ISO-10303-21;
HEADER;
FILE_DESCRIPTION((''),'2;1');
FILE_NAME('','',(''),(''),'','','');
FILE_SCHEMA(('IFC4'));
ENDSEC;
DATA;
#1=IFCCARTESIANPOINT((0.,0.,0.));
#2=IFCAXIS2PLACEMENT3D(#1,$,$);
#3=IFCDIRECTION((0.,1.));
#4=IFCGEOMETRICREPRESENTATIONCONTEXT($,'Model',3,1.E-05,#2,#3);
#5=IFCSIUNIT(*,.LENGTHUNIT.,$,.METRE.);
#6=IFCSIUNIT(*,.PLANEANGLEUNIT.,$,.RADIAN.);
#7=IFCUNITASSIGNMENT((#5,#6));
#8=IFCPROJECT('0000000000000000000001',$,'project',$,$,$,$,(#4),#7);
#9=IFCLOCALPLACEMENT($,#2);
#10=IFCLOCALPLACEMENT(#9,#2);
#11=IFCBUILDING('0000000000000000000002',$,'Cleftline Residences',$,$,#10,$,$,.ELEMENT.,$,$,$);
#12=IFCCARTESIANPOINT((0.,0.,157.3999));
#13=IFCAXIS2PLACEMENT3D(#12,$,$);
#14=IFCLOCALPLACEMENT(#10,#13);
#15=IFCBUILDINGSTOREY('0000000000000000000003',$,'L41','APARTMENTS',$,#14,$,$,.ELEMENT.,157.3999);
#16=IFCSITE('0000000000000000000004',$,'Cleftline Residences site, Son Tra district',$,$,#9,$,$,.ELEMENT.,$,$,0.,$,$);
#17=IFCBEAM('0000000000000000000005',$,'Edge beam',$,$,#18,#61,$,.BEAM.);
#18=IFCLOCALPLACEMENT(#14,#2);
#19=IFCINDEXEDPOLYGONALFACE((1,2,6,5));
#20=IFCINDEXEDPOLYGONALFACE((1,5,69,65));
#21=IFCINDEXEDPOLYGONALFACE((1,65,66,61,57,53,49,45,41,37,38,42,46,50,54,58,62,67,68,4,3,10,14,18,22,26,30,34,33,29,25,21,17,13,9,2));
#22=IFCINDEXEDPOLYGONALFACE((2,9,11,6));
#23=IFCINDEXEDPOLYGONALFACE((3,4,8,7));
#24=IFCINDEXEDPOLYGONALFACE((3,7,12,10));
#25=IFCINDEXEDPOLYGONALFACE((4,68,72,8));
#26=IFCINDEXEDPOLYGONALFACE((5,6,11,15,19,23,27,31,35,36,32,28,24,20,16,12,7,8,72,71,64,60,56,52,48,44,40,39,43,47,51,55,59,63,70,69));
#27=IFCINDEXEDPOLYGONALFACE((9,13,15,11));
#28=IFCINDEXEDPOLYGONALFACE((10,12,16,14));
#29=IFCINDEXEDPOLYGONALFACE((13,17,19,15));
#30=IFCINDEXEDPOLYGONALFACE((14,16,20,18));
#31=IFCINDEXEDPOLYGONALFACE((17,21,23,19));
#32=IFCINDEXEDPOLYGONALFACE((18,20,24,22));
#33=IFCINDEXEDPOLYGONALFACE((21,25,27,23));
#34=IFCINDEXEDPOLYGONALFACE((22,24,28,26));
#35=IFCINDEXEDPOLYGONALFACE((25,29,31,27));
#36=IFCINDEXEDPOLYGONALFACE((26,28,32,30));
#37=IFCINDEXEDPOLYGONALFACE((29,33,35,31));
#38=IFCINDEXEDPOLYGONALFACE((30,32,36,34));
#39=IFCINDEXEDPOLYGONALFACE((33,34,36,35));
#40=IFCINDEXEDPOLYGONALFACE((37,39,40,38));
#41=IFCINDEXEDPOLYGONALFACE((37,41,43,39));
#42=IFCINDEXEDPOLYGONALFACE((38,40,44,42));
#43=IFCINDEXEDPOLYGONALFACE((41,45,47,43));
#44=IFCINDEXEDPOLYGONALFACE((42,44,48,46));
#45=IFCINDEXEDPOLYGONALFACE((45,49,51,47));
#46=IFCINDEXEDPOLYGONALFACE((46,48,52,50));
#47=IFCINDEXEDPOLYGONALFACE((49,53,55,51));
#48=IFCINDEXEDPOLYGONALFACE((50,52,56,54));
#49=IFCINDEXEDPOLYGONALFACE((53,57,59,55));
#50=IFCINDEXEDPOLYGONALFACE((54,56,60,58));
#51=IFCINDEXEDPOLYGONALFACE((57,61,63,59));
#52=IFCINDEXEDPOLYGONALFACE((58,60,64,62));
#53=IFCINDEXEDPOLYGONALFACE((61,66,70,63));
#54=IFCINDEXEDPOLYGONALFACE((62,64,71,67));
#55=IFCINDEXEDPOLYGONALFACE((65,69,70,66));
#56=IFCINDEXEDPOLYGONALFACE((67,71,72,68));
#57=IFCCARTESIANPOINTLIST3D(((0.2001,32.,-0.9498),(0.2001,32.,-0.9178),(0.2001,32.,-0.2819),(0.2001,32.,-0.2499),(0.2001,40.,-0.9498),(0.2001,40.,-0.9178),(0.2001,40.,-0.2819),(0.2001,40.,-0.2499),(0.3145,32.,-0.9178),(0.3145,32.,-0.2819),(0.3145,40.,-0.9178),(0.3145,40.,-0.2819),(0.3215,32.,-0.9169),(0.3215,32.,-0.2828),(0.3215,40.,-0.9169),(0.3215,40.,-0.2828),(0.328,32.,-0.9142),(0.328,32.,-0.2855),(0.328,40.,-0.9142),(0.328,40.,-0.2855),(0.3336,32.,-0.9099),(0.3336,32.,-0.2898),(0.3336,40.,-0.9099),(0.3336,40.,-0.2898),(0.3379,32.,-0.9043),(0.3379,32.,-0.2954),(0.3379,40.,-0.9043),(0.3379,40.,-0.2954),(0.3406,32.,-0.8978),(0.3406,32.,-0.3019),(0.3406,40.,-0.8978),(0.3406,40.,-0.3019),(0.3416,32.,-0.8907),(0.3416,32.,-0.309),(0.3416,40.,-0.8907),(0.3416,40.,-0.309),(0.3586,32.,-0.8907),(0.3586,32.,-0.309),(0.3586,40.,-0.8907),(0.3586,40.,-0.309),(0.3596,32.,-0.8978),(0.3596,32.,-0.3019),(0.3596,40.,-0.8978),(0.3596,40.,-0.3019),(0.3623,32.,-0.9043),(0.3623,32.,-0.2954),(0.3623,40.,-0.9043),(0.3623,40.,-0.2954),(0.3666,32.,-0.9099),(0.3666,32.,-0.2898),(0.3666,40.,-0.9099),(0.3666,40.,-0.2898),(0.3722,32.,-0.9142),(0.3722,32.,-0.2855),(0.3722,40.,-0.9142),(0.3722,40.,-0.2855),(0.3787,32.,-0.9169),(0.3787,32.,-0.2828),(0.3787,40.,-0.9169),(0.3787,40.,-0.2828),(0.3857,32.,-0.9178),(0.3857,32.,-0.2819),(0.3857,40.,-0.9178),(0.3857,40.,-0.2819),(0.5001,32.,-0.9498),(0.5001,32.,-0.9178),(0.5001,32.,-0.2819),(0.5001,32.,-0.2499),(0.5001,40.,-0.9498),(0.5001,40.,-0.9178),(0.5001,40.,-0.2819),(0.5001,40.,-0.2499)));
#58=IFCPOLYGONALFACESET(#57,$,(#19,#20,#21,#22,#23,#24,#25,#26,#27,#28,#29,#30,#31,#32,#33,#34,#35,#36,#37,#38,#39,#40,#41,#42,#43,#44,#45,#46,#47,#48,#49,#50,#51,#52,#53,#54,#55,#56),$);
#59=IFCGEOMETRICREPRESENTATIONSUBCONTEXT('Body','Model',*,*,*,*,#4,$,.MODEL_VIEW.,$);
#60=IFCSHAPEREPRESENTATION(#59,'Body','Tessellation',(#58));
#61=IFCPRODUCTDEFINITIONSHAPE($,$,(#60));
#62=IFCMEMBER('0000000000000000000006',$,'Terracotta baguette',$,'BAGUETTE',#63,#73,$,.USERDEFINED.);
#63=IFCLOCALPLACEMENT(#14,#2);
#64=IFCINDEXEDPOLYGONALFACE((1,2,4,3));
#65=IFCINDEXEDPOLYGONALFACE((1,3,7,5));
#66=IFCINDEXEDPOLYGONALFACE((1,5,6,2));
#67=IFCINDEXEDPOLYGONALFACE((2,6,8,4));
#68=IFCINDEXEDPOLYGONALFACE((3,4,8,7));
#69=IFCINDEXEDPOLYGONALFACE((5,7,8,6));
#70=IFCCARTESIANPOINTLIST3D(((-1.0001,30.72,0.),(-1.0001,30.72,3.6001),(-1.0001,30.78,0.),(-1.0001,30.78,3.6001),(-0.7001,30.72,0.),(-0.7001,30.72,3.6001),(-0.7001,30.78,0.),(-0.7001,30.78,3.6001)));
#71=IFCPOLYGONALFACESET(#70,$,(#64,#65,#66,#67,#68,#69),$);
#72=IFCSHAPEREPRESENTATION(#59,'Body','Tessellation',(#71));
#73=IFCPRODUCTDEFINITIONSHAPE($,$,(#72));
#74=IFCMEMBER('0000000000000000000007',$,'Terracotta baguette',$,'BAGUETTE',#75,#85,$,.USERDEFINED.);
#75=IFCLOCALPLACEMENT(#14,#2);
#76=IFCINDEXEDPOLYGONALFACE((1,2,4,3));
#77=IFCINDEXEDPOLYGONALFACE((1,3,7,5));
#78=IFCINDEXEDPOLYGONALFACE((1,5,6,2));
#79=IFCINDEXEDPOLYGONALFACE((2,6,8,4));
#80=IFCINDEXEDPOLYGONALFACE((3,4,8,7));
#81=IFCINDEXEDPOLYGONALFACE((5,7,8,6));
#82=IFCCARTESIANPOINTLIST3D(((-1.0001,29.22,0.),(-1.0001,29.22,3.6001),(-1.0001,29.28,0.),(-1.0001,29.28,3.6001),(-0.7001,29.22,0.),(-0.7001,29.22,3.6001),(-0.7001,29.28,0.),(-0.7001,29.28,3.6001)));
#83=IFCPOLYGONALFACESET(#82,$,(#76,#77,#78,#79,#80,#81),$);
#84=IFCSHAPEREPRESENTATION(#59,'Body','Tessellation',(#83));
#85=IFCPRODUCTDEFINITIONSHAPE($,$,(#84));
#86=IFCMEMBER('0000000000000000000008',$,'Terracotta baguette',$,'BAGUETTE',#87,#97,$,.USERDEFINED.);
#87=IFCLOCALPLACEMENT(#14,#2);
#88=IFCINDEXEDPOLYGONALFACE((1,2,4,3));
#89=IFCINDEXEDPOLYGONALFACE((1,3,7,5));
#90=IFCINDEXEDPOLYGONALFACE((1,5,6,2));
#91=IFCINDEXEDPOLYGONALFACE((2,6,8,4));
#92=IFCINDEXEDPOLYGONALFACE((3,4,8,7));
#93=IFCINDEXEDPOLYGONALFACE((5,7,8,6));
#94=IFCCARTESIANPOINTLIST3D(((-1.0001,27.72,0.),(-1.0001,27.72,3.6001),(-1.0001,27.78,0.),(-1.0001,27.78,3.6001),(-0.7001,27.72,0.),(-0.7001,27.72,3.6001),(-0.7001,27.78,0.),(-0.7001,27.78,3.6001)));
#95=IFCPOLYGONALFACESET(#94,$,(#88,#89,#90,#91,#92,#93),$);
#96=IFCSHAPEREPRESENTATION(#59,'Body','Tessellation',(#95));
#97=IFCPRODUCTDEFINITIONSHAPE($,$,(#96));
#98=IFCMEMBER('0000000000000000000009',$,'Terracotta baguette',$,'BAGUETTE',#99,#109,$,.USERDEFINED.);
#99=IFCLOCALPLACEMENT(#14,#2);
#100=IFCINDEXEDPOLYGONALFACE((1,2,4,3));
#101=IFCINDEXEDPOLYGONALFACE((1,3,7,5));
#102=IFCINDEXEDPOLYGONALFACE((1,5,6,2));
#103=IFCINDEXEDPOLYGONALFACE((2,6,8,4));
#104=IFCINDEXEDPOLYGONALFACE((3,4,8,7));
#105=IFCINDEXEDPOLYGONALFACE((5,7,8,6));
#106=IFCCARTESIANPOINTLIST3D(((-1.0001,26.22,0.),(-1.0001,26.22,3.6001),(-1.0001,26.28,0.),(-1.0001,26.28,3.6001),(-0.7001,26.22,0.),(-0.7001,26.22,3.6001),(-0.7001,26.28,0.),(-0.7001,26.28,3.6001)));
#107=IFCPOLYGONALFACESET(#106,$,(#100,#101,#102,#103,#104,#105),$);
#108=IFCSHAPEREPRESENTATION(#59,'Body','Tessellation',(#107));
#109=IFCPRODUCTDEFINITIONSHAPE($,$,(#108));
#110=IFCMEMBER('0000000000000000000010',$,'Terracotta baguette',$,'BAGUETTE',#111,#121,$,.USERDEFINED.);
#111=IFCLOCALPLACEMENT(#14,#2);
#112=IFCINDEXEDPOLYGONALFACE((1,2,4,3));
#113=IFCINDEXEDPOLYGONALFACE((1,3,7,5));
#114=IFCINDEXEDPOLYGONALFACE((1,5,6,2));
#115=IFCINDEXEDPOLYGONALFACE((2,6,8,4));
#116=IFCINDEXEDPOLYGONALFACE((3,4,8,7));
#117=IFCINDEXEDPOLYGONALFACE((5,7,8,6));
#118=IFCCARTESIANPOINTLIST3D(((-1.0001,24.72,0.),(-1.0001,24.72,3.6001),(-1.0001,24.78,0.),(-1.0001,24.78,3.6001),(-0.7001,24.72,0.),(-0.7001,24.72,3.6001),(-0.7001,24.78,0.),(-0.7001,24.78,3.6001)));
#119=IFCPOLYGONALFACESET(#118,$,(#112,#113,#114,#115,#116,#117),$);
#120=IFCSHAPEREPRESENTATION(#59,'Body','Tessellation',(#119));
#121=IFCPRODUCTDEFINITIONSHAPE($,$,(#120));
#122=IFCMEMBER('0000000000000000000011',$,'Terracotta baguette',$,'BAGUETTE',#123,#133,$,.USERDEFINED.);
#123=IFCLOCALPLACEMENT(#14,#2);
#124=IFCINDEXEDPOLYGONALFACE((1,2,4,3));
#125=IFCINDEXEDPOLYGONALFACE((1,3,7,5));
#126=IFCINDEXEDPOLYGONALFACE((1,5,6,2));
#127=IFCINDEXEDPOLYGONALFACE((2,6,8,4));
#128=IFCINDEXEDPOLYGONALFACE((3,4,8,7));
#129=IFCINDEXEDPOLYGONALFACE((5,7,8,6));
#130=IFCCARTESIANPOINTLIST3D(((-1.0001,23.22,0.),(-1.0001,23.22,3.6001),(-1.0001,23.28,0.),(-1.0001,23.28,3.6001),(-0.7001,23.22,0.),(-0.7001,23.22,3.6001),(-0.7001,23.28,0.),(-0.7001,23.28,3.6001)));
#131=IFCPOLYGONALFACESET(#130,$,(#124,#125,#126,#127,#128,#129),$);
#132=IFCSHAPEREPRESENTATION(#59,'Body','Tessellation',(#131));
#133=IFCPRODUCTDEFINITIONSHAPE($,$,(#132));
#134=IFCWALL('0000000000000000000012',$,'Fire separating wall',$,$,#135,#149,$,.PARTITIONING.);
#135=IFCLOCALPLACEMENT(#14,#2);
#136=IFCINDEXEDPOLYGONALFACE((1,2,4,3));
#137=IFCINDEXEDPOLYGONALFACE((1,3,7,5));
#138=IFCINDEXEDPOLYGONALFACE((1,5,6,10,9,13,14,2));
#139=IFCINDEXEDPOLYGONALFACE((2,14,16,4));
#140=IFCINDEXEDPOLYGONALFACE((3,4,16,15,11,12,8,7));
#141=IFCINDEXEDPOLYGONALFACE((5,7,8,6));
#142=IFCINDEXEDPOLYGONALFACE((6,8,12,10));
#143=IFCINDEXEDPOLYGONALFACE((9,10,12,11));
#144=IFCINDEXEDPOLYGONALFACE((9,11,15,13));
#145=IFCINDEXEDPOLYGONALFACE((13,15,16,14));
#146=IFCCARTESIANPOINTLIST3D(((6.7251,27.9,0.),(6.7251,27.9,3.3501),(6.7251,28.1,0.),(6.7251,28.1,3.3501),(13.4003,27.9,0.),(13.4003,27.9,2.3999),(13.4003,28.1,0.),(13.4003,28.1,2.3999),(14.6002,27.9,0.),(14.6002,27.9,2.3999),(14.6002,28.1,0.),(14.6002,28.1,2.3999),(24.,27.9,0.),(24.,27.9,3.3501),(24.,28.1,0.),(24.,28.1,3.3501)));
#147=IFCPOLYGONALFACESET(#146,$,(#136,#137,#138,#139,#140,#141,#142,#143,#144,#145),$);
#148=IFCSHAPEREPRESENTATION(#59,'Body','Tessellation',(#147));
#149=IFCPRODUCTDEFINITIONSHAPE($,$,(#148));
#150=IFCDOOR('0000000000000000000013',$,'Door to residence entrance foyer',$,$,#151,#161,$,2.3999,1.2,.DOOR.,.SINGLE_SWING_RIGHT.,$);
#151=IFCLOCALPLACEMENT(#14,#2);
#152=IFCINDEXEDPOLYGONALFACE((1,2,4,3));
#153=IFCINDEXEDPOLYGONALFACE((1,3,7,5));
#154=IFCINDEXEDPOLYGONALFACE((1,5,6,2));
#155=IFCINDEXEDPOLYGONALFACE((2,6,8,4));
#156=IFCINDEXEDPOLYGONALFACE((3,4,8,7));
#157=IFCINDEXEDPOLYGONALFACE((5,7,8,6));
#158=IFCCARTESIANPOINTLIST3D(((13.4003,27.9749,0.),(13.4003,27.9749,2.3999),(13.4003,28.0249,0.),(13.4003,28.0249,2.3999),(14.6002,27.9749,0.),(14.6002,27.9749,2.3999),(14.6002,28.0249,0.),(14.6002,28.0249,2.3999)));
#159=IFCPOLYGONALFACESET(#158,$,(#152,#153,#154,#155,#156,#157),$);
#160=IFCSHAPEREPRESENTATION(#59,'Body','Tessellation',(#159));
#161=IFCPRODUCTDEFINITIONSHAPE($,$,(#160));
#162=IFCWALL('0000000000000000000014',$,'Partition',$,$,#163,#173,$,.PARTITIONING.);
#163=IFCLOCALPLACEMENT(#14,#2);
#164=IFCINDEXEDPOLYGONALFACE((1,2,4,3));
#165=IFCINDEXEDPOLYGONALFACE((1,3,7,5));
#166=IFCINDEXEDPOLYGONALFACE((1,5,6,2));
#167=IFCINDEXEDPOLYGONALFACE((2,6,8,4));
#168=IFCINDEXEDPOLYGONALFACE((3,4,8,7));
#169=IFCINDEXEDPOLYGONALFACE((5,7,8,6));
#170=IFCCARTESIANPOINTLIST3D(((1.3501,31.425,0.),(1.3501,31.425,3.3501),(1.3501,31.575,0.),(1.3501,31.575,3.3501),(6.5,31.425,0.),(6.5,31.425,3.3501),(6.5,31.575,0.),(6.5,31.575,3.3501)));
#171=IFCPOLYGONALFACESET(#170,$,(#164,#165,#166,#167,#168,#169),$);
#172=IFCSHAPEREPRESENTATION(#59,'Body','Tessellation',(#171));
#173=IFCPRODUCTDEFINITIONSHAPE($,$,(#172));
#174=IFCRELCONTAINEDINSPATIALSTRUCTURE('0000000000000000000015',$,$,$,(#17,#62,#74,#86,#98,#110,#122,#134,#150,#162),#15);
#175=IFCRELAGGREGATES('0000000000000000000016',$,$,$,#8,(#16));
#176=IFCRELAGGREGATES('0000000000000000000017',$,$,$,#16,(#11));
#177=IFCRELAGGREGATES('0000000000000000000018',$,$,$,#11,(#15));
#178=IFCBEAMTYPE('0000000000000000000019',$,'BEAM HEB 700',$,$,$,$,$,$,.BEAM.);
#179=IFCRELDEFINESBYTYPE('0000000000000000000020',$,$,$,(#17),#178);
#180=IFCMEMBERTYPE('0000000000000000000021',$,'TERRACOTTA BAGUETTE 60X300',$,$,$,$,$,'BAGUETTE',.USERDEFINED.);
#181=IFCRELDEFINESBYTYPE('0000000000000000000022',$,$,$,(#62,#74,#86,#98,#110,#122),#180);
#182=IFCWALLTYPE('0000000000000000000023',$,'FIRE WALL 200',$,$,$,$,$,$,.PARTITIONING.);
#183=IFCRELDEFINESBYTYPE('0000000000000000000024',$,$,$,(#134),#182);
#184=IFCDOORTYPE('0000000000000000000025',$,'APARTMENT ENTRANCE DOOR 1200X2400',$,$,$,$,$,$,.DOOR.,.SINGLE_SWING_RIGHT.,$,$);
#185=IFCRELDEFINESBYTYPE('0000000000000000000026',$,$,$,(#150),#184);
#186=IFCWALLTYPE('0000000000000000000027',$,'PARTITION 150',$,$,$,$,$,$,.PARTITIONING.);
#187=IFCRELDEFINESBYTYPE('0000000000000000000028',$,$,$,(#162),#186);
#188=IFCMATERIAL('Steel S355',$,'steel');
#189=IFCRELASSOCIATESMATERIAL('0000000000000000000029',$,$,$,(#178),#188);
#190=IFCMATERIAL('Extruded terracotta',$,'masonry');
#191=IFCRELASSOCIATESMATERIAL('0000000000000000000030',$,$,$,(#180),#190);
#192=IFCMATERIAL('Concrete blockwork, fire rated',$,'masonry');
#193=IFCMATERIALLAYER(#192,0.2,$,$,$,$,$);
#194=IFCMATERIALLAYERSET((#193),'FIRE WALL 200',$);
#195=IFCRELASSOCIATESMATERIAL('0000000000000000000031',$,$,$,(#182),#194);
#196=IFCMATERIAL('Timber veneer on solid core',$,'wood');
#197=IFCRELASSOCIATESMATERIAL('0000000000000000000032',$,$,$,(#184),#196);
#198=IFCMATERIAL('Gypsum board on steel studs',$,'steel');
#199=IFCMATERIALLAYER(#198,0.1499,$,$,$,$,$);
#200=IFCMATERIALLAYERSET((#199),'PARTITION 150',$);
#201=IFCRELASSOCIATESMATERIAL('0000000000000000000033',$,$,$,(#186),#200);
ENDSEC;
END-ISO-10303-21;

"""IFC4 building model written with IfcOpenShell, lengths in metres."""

from ifc_helpers import new_model, si_unit, direction, frame, frame_2d, origin, origin_2d, place, context, subcontext, project, spatial, rectangle, i_section, extrude, material, layer, layer_set, material_profile, profile_set, type_object, element, fill, save


model = new_model("IFC4")

# Units and contexts
model_context = context("Model", 3, precision=1e-05, world=origin(), true_north=direction((0.0, 1.0)))
body_context = subcontext(model_context, "Body", "Model", "MODEL_VIEW")
ifc_project = project(units=[si_unit("LENGTHUNIT", "METRE"), si_unit("PLANEANGLEUNIT", "RADIAN")], contexts=[model_context])

# Site, building, storey
site_placement = place(None, origin())
site = spatial("IfcSite", under=ifc_project, at=site_placement, Name="Cleftline Residences site, Son Tra district", CompositionType="ELEMENT", RefElevation=0.0)
building_placement = place(site_placement, origin())
building = spatial("IfcBuilding", under=site, at=building_placement, Name="Cleftline Residences", CompositionType="ELEMENT")
storey_placement = place(building_placement, frame((0.0, 0.0, 157.3999)))
storey = spatial("IfcBuildingStorey", under=building, at=storey_placement, Name="L41", Description="APARTMENTS", CompositionType="ELEMENT", Elevation=157.3999)

# Beam
ifc_material_1 = material(Name="Steel S355", Category="steel")
ifc_material_profile_1 = material_profile(ifc_material_1, i_section(OverallWidth=0.3, OverallDepth=0.7, WebThickness=0.0171, FlangeThickness=0.032, FilletRadius=0.0271, at=origin_2d()))
ifc_profile_set_1 = profile_set([ifc_material_profile_1], Name="Steel S355")
beam_type = type_object("IfcBeamType", Name="BEAM HEB 700", PredefinedType="BEAM", material=ifc_profile_set_1)
for number, where, z_axis, x_axis, name in (
    (1, (0.3501, 32.0, -0.5999), (0.0, 1.0, 0.0), (-1.0, 0.0, 0.0), "Edge beam"),
):
    element("IfcBeam", number, at=place(storey_placement, frame(where, z_axis=z_axis, x_axis=x_axis)), inside=storey, type_object=beam_type, Name=name, PredefinedType="BEAM", context=body_context, shape_type="SweptSolid", body=[
        extrude(i_section(OverallWidth=0.3, OverallDepth=0.7, WebThickness=0.0171, FlangeThickness=0.032, FilletRadius=0.0271, at=origin_2d()), origin(), (0.0, 0.0, 1.0), 8.0),
    ])

# Members
ifc_material_2 = material(Name="Extruded terracotta", Category="masonry")
ifc_material_profile_2 = material_profile(ifc_material_2, rectangle(XDim=0.0601, YDim=0.3, at=origin_2d()))
ifc_profile_set_2 = profile_set([ifc_material_profile_2], Name="Extruded terracotta")
member_type_1 = type_object("IfcMemberType", Name="TERRACOTTA BAGUETTE 60X300", ElementType="BAGUETTE", PredefinedType="USERDEFINED", material=ifc_profile_set_2)
for number, where, z_axis, x_axis, name in (
    (2, (-0.8501, 30.75, 0.0), (0.0, 0.0, 1.0), (0.0, 1.0, 0.0), "Terracotta baguette"),
    (3, (-0.8501, 29.25, 0.0), (0.0, 0.0, 1.0), (0.0, 1.0, 0.0), "Terracotta baguette"),
    (4, (-0.8501, 27.75, 0.0), (0.0, 0.0, 1.0), (0.0, 1.0, 0.0), "Terracotta baguette"),
    (5, (-0.8501, 26.25, 0.0), (0.0, 0.0, 1.0), (0.0, 1.0, 0.0), "Terracotta baguette"),
    (6, (-0.8501, 24.75, 0.0), (0.0, 0.0, 1.0), (0.0, 1.0, 0.0), "Terracotta baguette"),
    (7, (-0.8501, 23.25, 0.0), (0.0, 0.0, 1.0), (0.0, 1.0, 0.0), "Terracotta baguette"),
):
    element("IfcMember", number, at=place(storey_placement, frame(where, z_axis=z_axis, x_axis=x_axis)), inside=storey, type_object=member_type_1, Name=name, ObjectType="BAGUETTE", PredefinedType="USERDEFINED", context=body_context, shape_type="SweptSolid", body=[
        extrude(rectangle(XDim=0.0601, YDim=0.3, at=origin_2d()), origin(), (0.0, 0.0, 1.0), 3.6001),
    ])

# Wall, opening, door
ifc_material_3 = material(Name="Concrete blockwork, fire rated", Category="masonry")
ifc_layer_1 = layer(ifc_material_3, 0.2)
ifc_layer_set_1 = layer_set([ifc_layer_1], Name="FIRE WALL 200")
wall_type_1 = type_object("IfcWallType", Name="FIRE WALL 200", PredefinedType="PARTITIONING", material=ifc_layer_set_1)
wall_1_placement = place(storey_placement, frame((6.7251, 28.0, 0.0), z_axis=(0.0, 0.0, 1.0), x_axis=(1.0, 0.0, 0.0)))
wall_1 = element("IfcWall", 8, at=wall_1_placement, inside=storey, type_object=wall_type_1, Name="Fire separating wall", PredefinedType="PARTITIONING", context=body_context, shape_type="SweptSolid", body=[
    extrude(rectangle(XDim=17.2749, YDim=0.2, at=frame_2d((8.6375, 0.0))), origin(), (0.0, 0.0, 1.0), 3.3501),
])
opening_1_placement = place(wall_1_placement, frame((6.675, 0.0, 0.0)))
opening_1 = element("IfcOpeningElement", 9, at=opening_1_placement, cuts=wall_1, PredefinedType="OPENING", context=body_context, shape_type="SweptSolid", body=[
    extrude(rectangle(XDim=1.2, YDim=2.3999, at=frame_2d((0.6001, 1.2))), frame((0.0, 0.1099, 0.0), z_axis=(0.0, -1.0, 0.0), x_axis=(1.0, 0.0, 0.0)), (0.0, 0.0, 1.0), 0.22),
])
ifc_material_4 = material(Name="Timber veneer on solid core", Category="wood")
door_type_1 = type_object("IfcDoorType", Name="APARTMENT ENTRANCE DOOR 1200X2400", OperationType="SINGLE_SWING_RIGHT", PredefinedType="DOOR", material=ifc_material_4)
door_1_placement = place(opening_1_placement, origin())
door_1 = element("IfcDoor", 10, at=door_1_placement, inside=storey, type_object=door_type_1, Name="Door to residence entrance foyer", OperationType="SINGLE_SWING_RIGHT", OverallHeight=2.3999, OverallWidth=1.2, PredefinedType="DOOR", context=body_context, shape_type="SweptSolid", body=[
    extrude(rectangle(XDim=1.2, YDim=2.3999, at=frame_2d((0.6001, 1.2))), frame((0.0, 0.0249, 0.0), z_axis=(0.0, -1.0, 0.0), x_axis=(1.0, 0.0, 0.0)), (0.0, 0.0, 1.0), 0.05),
])
fill(opening_1, door_1)

# Wall
ifc_material_5 = material(Name="Gypsum board on steel studs", Category="steel")
ifc_layer_2 = layer(ifc_material_5, 0.1499)
ifc_layer_set_2 = layer_set([ifc_layer_2], Name="PARTITION 150")
wall_type_2 = type_object("IfcWallType", Name="PARTITION 150", PredefinedType="PARTITIONING", material=ifc_layer_set_2)
wall_2_placement = place(storey_placement, frame((1.3501, 31.5, 0.0), z_axis=(0.0, 0.0, 1.0), x_axis=(1.0, 0.0, 0.0)))
element("IfcWall", 11, at=wall_2_placement, inside=storey, type_object=wall_type_2, Name="Partition", PredefinedType="PARTITIONING", context=body_context, shape_type="SweptSolid", body=[
    extrude(rectangle(XDim=5.1499, YDim=0.1499, at=frame_2d((2.575, 0.0))), origin(), (0.0, 0.0, 1.0), 3.3501),
])

save(model, "model.ifc")
